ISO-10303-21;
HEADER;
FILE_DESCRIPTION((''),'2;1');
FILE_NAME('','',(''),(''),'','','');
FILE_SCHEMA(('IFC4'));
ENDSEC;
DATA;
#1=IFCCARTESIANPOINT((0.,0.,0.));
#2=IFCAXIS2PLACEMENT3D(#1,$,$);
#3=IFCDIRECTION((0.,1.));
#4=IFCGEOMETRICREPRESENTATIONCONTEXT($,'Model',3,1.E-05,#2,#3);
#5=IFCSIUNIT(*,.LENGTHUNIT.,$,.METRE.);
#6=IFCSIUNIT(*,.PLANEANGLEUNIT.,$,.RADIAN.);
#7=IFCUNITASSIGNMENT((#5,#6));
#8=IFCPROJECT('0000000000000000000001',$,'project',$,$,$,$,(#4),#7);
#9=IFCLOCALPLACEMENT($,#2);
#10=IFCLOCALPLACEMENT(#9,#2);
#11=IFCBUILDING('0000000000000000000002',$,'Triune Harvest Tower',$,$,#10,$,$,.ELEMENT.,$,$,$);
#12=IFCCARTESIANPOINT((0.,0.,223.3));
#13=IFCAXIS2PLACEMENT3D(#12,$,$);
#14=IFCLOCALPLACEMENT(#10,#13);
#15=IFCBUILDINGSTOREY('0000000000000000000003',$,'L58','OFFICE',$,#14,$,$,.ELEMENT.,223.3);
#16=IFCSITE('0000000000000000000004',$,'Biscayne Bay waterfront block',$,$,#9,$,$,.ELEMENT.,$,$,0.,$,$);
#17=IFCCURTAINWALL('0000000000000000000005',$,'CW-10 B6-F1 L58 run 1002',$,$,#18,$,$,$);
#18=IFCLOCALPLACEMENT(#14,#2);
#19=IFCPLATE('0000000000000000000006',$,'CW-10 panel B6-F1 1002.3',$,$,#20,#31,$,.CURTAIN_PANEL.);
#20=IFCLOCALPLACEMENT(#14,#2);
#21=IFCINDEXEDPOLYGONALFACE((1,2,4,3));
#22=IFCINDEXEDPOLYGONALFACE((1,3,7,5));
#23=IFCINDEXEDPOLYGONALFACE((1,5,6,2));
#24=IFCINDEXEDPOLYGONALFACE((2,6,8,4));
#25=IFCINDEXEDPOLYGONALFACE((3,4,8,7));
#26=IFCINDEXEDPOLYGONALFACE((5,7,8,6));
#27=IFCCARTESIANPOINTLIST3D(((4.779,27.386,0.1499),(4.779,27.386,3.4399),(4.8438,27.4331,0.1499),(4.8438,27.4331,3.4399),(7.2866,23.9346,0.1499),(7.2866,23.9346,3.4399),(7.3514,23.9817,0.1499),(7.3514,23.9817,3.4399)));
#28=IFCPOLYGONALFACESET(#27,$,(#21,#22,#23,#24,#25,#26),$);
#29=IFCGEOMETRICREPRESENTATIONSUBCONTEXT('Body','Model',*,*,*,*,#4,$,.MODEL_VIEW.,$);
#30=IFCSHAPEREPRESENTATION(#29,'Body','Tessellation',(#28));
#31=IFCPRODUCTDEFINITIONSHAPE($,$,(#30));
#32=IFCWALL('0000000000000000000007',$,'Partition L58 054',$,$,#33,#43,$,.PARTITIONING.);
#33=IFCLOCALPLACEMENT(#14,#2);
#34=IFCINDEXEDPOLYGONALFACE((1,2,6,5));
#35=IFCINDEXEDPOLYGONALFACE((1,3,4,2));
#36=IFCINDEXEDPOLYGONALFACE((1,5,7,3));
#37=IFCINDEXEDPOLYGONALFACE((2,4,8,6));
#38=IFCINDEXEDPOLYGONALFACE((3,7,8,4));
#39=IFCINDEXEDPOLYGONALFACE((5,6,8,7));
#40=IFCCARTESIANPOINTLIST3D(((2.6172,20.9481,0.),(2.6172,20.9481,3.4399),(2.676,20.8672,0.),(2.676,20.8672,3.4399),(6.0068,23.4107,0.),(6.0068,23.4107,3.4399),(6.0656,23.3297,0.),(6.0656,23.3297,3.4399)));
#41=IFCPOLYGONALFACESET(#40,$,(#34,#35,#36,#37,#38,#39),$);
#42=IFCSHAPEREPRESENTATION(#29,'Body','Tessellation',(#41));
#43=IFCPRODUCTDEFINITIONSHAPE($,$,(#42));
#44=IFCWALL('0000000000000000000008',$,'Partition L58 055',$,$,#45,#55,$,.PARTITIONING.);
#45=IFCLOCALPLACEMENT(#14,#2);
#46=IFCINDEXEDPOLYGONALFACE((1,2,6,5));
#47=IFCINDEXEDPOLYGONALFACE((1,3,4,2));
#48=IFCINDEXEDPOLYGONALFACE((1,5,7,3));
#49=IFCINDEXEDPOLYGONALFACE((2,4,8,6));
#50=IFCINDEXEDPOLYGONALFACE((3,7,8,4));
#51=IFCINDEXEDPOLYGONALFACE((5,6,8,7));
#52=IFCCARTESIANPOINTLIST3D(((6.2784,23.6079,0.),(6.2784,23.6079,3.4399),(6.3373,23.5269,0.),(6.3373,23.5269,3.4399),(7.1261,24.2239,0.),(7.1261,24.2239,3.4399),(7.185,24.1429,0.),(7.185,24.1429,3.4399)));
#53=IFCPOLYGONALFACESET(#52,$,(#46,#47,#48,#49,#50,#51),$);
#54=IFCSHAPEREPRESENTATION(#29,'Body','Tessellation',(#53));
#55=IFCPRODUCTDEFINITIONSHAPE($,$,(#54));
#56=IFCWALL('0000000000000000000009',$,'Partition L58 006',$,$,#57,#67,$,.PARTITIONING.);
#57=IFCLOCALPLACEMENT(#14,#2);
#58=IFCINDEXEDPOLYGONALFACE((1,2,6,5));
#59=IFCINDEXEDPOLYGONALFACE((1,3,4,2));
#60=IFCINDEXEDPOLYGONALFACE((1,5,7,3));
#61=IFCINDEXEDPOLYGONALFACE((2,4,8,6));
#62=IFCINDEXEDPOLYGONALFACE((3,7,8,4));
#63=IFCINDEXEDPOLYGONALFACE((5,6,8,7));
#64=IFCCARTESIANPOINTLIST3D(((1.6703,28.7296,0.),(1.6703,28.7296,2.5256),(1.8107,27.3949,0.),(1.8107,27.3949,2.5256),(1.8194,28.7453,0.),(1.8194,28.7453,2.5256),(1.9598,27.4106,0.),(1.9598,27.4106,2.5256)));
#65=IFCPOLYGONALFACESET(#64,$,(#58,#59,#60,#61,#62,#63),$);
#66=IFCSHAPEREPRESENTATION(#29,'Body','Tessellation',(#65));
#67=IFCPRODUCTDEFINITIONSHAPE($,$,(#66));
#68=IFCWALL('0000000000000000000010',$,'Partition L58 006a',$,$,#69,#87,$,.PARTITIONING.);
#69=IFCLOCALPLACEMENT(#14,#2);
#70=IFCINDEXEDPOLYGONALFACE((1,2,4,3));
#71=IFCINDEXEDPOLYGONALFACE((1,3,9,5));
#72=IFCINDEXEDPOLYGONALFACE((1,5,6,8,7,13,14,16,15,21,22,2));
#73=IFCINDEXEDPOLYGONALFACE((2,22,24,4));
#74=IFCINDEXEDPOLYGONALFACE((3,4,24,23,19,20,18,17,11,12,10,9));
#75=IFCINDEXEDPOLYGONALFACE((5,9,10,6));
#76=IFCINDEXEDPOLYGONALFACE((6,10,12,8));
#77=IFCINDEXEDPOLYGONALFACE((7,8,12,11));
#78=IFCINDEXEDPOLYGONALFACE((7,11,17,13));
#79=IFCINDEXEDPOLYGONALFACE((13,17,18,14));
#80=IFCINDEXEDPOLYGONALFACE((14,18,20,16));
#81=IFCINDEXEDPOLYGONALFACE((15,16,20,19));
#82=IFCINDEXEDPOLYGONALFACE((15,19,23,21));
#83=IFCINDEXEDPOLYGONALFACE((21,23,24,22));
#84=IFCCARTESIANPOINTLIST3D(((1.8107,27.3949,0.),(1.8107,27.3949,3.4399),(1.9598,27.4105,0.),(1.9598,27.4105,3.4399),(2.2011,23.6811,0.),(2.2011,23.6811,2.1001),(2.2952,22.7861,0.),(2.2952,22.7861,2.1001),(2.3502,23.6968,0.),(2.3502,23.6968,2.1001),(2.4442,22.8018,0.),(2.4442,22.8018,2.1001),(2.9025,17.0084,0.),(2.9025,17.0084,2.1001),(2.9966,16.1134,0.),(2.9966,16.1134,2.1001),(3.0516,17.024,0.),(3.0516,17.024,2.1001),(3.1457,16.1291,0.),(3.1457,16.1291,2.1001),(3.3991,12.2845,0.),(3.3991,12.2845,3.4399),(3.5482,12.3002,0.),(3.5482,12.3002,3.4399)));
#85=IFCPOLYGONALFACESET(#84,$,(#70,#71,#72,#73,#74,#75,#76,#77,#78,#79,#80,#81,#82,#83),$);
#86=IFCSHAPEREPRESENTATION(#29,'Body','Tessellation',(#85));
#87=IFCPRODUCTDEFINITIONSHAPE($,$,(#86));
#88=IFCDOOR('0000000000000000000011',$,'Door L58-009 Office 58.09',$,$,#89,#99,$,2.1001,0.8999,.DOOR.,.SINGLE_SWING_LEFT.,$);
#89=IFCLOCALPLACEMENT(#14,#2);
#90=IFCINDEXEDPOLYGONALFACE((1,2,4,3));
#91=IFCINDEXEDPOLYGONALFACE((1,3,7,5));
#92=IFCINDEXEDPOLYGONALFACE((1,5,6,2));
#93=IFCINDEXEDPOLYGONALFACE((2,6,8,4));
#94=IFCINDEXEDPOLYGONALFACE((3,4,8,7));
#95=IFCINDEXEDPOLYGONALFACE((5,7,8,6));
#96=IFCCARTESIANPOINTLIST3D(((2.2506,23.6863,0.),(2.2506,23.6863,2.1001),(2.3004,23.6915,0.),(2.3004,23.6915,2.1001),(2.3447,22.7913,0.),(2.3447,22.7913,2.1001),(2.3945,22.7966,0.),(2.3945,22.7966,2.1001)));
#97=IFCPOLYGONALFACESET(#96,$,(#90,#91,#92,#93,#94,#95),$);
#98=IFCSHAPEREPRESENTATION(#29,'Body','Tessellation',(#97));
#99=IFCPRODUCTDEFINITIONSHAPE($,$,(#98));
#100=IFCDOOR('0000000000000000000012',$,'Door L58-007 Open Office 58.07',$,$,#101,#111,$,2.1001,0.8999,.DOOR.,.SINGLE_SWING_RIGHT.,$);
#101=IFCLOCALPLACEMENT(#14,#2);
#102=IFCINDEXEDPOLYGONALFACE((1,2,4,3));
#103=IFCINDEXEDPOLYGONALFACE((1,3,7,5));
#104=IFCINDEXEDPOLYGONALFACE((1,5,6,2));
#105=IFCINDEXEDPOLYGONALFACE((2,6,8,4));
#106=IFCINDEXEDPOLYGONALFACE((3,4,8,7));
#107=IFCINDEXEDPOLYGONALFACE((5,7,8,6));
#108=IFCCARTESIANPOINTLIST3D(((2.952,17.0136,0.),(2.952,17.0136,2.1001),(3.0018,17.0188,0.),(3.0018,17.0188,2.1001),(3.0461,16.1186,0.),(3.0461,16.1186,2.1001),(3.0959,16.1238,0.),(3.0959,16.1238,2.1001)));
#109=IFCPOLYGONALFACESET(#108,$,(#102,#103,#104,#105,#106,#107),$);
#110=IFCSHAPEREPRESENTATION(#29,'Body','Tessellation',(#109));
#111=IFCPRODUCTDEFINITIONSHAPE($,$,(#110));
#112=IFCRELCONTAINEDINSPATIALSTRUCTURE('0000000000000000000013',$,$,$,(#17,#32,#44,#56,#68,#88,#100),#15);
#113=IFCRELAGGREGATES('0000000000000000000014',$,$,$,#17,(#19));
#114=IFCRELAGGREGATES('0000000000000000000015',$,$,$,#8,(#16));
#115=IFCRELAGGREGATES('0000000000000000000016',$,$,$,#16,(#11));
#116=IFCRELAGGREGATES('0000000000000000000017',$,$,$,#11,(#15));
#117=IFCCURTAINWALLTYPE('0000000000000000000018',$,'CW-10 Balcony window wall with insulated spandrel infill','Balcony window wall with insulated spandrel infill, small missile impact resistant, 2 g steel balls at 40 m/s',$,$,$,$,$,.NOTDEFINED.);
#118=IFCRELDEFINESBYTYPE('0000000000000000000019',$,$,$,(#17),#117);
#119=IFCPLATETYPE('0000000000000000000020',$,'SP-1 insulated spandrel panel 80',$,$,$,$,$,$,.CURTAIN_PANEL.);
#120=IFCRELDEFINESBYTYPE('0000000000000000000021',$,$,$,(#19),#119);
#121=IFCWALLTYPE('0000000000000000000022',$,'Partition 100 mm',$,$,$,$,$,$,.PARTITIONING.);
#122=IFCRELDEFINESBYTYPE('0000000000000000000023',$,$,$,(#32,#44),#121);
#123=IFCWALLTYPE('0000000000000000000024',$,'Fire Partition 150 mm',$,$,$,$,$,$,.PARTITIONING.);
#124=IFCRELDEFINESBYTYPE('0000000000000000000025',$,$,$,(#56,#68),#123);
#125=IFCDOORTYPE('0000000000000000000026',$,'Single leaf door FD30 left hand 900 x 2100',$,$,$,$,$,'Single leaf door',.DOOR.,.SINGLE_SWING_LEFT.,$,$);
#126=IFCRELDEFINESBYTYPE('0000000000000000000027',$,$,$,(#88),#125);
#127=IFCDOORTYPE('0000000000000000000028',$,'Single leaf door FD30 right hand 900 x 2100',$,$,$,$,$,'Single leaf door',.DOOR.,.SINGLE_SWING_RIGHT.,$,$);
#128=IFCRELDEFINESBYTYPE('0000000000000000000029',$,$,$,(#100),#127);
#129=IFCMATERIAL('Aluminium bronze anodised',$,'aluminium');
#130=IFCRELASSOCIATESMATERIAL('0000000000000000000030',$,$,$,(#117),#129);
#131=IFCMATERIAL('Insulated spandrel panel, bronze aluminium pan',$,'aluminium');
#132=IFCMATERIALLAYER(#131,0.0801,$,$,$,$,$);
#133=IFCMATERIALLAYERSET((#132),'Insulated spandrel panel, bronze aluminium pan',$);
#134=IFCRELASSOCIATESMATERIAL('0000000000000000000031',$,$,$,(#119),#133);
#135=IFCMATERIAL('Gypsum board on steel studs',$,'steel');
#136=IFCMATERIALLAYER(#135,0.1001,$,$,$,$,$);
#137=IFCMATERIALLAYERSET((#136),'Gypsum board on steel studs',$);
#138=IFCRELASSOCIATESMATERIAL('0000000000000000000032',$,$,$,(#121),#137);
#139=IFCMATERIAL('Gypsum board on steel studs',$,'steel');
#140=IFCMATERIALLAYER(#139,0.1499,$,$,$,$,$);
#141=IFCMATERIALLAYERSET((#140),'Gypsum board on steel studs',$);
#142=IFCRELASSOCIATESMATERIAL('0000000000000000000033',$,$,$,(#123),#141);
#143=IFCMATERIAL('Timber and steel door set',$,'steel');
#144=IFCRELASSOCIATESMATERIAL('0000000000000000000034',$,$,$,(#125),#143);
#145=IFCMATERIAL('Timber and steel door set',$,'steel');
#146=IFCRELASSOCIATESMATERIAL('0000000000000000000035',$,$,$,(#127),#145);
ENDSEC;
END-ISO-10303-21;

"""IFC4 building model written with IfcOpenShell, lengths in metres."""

from ifc_helpers import new_model, si_unit, direction, frame, frame_2d, origin, origin_2d, place, context, subcontext, project, spatial, rectangle, extrude, source, transform, mapped, material, layer, layer_set, type_object, element, fill, aggregate, save


model = new_model("IFC4")

# Units and contexts
model_context = context("Model", 3, precision=1e-05, world=origin(), true_north=direction((0.0, 1.0)))
body_context = subcontext(model_context, "Body", "Model", "MODEL_VIEW")
ifc_project = project(units=[si_unit("LENGTHUNIT", "METRE"), si_unit("PLANEANGLEUNIT", "RADIAN")], contexts=[model_context])

# Site, building, storey
site_placement = place(None, origin())
site = spatial("IfcSite", under=ifc_project, at=site_placement, Name="Biscayne Bay waterfront block", CompositionType="ELEMENT", RefElevation=0.0)
building_placement = place(site_placement, origin())
building = spatial("IfcBuilding", under=site, at=building_placement, Name="Triune Harvest Tower", CompositionType="ELEMENT")
storey_placement = place(building_placement, frame((0.0, 0.0, 223.3)))
storey = spatial("IfcBuildingStorey", under=building, at=storey_placement, Name="L58", Description="OFFICE", CompositionType="ELEMENT", Elevation=223.3)

# Curtain wall
ifc_material_1 = material(Name="Aluminium bronze anodised", Category="aluminium")
curtain_wall_type_1 = type_object("IfcCurtainWallType", Name="CW-10 Balcony window wall with insulated spandrel infill", Description="Balcony window wall with insulated spandrel infill, small missile impact resistant, 2 g steel balls at 40 m/s", PredefinedType="NOTDEFINED", material=ifc_material_1)
curtain_wall_1_placement = place(storey_placement, origin())
curtain_wall_1 = element("IfcCurtainWall", 1, at=curtain_wall_1_placement, inside=storey, type_object=curtain_wall_type_1, Name="CW-10 B6-F1 L58 run 1002")

# Plate
ifc_material_2 = material(Name="Insulated spandrel panel, bronze aluminium pan", Category="aluminium")
ifc_layer_1 = layer(ifc_material_2, 0.0801)
ifc_layer_set_1 = layer_set([ifc_layer_1], Name="Insulated spandrel panel, bronze aluminium pan")
plate_type_1 = type_object("IfcPlateType", Name="SP-1 insulated spandrel panel 80", PredefinedType="CURTAIN_PANEL", material=ifc_layer_set_1)
shared_shape_1 = source(origin(), body_context, "Body", "SweptSolid", [
    extrude(rectangle(XDim=4.2661, YDim=0.0801, at=origin_2d()), origin(), (0.0, 0.0, 1.0), 3.29),
])
plate_1_placement = place(storey_placement, frame((6.0652, 25.6838, 0.1499), z_axis=(0.0, 0.0, 1.0), x_axis=(-0.587786, 0.809017, 0.0)))
plate_1 = element("IfcPlate", 2, at=plate_1_placement, type_object=plate_type_1, Name="CW-10 panel B6-F1 1002.3", PredefinedType="CURTAIN_PANEL", context=body_context, shape_type="MappedRepresentation", body=[
    mapped(shared_shape_1, transform((0.0, 0.0, 0.0), scale=1.0)),
])
aggregate(curtain_wall_1, [plate_1])

# Walls
ifc_material_3 = material(Name="Gypsum board on steel studs", Category="steel")
ifc_layer_2 = layer(ifc_material_3, 0.1001)
ifc_layer_set_2 = layer_set([ifc_layer_2], Name="Gypsum board on steel studs")
wall_type_1 = type_object("IfcWallType", Name="Partition 100 mm", PredefinedType="PARTITIONING", material=ifc_layer_set_2)
shared_shape_2 = source(origin(), body_context, "Body", "SweptSolid", [
    extrude(rectangle(XDim=4.1897, YDim=0.1001, at=frame_2d((2.0947, 0.0))), origin(), (0.0, 0.0, 1.0), 3.4399),
])
wall_1_placement = place(storey_placement, frame((2.6467, 20.9077, 0.0), z_axis=(0.0, 0.0, 1.0), x_axis=(0.809026, 0.587773, 0.0)))
element("IfcWall", 3, at=wall_1_placement, inside=storey, type_object=wall_type_1, Name="Partition L58 054", PredefinedType="PARTITIONING", context=body_context, shape_type="MappedRepresentation", body=[
    mapped(shared_shape_2, transform((0.0, 0.0, 0.0), scale=1.0)),
])
shared_shape_3 = source(origin(), body_context, "Body", "SweptSolid", [
    extrude(rectangle(XDim=1.0479, YDim=0.1001, at=frame_2d((0.5239, 0.0))), origin(), (0.0, 0.0, 1.0), 3.4399),
])
wall_2_placement = place(storey_placement, frame((6.3079, 23.5674, 0.0), z_axis=(0.0, 0.0, 1.0), x_axis=(0.808968, 0.587853, 0.0)))
element("IfcWall", 4, at=wall_2_placement, inside=storey, type_object=wall_type_1, Name="Partition L58 055", PredefinedType="PARTITIONING", context=body_context, shape_type="MappedRepresentation", body=[
    mapped(shared_shape_3, transform((0.0, 0.0, 0.0), scale=1.0)),
])
ifc_material_4 = material(Name="Gypsum board on steel studs", Category="steel")
ifc_layer_3 = layer(ifc_material_4, 0.1499)
ifc_layer_set_3 = layer_set([ifc_layer_3], Name="Gypsum board on steel studs")
wall_type_2 = type_object("IfcWallType", Name="Fire Partition 150 mm", PredefinedType="PARTITIONING", material=ifc_layer_set_3)
shared_shape_4 = source(origin(), body_context, "Body", "SweptSolid", [
    extrude(rectangle(XDim=1.342, YDim=0.1499, at=frame_2d((0.6709, 0.0))), origin(), (0.0, 0.0, 1.0), 2.5256),
])
wall_3_placement = place(storey_placement, frame((1.7449, 28.7373, 0.0), z_axis=(0.0, 0.0, 1.0), x_axis=(0.1046, -0.994514, 0.0)))
element("IfcWall", 5, at=wall_3_placement, inside=storey, type_object=wall_type_2, Name="Partition L58 006", PredefinedType="PARTITIONING", context=body_context, shape_type="MappedRepresentation", body=[
    mapped(shared_shape_4, transform((0.0, 0.0, 0.0), scale=1.0)),
])

# Wall, openings, doors
shared_shape_5 = source(origin(), body_context, "Body", "SweptSolid", [
    extrude(rectangle(XDim=15.1936, YDim=0.1499, at=frame_2d((7.5967, 0.0))), origin(), (0.0, 0.0, 1.0), 3.4399),
])
wall_4_placement = place(storey_placement, frame((1.8853, 27.4026, 0.0), z_axis=(0.0, 0.0, 1.0), x_axis=(0.104543, -0.99452, 0.0)))
wall_4 = element("IfcWall", 6, at=wall_4_placement, inside=storey, type_object=wall_type_2, Name="Partition L58 006a", PredefinedType="PARTITIONING", context=body_context, shape_type="MappedRepresentation", body=[
    mapped(shared_shape_5, transform((0.0, 0.0, 0.0), scale=1.0)),
])
opening_1_placement = place(wall_4_placement, frame((10.4436, 0.0, 0.0)))
opening_1 = element("IfcOpeningElement", 7, at=opening_1_placement, cuts=wall_4, PredefinedType="OPENING", context=body_context, shape_type="SweptSolid", body=[
    extrude(rectangle(XDim=0.8999, YDim=2.1001, at=frame_2d((0.45, 1.05))), frame((0.0, 0.085, 0.0), z_axis=(0.0, -1.0, 0.0), x_axis=(1.0, 0.0, 0.0)), (0.0, 0.0, 1.0), 0.1699),
])
opening_2_placement = place(wall_4_placement, frame((3.7341, 0.0, 0.0)))
opening_2 = element("IfcOpeningElement", 8, at=opening_2_placement, cuts=wall_4, PredefinedType="OPENING", context=body_context, shape_type="SweptSolid", body=[
    extrude(rectangle(XDim=0.8999, YDim=2.1001, at=frame_2d((0.45, 1.05))), frame((0.0, 0.085, 0.0), z_axis=(0.0, -1.0, 0.0), x_axis=(1.0, 0.0, 0.0)), (0.0, 0.0, 1.0), 0.1699),
])
ifc_material_5 = material(Name="Timber and steel door set", Category="steel")
door_type_1 = type_object("IfcDoorType", Name="Single leaf door FD30 left hand 900 x 2100", ElementType="Single leaf door", OperationType="SINGLE_SWING_LEFT", PredefinedType="DOOR", material=ifc_material_5)
door_1_placement = place(opening_2_placement, origin())
door_1 = element("IfcDoor", 9, at=door_1_placement, inside=storey, type_object=door_type_1, Name="Door L58-009 Office 58.09", OperationType="SINGLE_SWING_LEFT", OverallHeight=2.1001, OverallWidth=0.8999, PredefinedType="DOOR", context=body_context, shape_type="SweptSolid", body=[
    extrude(rectangle(XDim=0.8999, YDim=2.1001, at=frame_2d((0.45, 1.05))), frame((0.0, 0.0249, 0.0), z_axis=(0.0, -1.0, 0.0), x_axis=(1.0, 0.0, 0.0)), (0.0, 0.0, 1.0), 0.05),
])
fill(opening_2, door_1)
ifc_material_6 = material(Name="Timber and steel door set", Category="steel")
door_type_2 = type_object("IfcDoorType", Name="Single leaf door FD30 right hand 900 x 2100", ElementType="Single leaf door", OperationType="SINGLE_SWING_RIGHT", PredefinedType="DOOR", material=ifc_material_6)
door_2_placement = place(opening_1_placement, origin())
door_2 = element("IfcDoor", 10, at=door_2_placement, inside=storey, type_object=door_type_2, Name="Door L58-007 Open Office 58.07", OperationType="SINGLE_SWING_RIGHT", OverallHeight=2.1001, OverallWidth=0.8999, PredefinedType="DOOR", context=body_context, shape_type="SweptSolid", body=[
    extrude(rectangle(XDim=0.8999, YDim=2.1001, at=frame_2d((0.45, 1.05))), frame((0.0, 0.0249, 0.0), z_axis=(0.0, -1.0, 0.0), x_axis=(1.0, 0.0, 0.0)), (0.0, 0.0, 1.0), 0.05),
])
fill(opening_1, door_2)

save(model, "model.ifc")
